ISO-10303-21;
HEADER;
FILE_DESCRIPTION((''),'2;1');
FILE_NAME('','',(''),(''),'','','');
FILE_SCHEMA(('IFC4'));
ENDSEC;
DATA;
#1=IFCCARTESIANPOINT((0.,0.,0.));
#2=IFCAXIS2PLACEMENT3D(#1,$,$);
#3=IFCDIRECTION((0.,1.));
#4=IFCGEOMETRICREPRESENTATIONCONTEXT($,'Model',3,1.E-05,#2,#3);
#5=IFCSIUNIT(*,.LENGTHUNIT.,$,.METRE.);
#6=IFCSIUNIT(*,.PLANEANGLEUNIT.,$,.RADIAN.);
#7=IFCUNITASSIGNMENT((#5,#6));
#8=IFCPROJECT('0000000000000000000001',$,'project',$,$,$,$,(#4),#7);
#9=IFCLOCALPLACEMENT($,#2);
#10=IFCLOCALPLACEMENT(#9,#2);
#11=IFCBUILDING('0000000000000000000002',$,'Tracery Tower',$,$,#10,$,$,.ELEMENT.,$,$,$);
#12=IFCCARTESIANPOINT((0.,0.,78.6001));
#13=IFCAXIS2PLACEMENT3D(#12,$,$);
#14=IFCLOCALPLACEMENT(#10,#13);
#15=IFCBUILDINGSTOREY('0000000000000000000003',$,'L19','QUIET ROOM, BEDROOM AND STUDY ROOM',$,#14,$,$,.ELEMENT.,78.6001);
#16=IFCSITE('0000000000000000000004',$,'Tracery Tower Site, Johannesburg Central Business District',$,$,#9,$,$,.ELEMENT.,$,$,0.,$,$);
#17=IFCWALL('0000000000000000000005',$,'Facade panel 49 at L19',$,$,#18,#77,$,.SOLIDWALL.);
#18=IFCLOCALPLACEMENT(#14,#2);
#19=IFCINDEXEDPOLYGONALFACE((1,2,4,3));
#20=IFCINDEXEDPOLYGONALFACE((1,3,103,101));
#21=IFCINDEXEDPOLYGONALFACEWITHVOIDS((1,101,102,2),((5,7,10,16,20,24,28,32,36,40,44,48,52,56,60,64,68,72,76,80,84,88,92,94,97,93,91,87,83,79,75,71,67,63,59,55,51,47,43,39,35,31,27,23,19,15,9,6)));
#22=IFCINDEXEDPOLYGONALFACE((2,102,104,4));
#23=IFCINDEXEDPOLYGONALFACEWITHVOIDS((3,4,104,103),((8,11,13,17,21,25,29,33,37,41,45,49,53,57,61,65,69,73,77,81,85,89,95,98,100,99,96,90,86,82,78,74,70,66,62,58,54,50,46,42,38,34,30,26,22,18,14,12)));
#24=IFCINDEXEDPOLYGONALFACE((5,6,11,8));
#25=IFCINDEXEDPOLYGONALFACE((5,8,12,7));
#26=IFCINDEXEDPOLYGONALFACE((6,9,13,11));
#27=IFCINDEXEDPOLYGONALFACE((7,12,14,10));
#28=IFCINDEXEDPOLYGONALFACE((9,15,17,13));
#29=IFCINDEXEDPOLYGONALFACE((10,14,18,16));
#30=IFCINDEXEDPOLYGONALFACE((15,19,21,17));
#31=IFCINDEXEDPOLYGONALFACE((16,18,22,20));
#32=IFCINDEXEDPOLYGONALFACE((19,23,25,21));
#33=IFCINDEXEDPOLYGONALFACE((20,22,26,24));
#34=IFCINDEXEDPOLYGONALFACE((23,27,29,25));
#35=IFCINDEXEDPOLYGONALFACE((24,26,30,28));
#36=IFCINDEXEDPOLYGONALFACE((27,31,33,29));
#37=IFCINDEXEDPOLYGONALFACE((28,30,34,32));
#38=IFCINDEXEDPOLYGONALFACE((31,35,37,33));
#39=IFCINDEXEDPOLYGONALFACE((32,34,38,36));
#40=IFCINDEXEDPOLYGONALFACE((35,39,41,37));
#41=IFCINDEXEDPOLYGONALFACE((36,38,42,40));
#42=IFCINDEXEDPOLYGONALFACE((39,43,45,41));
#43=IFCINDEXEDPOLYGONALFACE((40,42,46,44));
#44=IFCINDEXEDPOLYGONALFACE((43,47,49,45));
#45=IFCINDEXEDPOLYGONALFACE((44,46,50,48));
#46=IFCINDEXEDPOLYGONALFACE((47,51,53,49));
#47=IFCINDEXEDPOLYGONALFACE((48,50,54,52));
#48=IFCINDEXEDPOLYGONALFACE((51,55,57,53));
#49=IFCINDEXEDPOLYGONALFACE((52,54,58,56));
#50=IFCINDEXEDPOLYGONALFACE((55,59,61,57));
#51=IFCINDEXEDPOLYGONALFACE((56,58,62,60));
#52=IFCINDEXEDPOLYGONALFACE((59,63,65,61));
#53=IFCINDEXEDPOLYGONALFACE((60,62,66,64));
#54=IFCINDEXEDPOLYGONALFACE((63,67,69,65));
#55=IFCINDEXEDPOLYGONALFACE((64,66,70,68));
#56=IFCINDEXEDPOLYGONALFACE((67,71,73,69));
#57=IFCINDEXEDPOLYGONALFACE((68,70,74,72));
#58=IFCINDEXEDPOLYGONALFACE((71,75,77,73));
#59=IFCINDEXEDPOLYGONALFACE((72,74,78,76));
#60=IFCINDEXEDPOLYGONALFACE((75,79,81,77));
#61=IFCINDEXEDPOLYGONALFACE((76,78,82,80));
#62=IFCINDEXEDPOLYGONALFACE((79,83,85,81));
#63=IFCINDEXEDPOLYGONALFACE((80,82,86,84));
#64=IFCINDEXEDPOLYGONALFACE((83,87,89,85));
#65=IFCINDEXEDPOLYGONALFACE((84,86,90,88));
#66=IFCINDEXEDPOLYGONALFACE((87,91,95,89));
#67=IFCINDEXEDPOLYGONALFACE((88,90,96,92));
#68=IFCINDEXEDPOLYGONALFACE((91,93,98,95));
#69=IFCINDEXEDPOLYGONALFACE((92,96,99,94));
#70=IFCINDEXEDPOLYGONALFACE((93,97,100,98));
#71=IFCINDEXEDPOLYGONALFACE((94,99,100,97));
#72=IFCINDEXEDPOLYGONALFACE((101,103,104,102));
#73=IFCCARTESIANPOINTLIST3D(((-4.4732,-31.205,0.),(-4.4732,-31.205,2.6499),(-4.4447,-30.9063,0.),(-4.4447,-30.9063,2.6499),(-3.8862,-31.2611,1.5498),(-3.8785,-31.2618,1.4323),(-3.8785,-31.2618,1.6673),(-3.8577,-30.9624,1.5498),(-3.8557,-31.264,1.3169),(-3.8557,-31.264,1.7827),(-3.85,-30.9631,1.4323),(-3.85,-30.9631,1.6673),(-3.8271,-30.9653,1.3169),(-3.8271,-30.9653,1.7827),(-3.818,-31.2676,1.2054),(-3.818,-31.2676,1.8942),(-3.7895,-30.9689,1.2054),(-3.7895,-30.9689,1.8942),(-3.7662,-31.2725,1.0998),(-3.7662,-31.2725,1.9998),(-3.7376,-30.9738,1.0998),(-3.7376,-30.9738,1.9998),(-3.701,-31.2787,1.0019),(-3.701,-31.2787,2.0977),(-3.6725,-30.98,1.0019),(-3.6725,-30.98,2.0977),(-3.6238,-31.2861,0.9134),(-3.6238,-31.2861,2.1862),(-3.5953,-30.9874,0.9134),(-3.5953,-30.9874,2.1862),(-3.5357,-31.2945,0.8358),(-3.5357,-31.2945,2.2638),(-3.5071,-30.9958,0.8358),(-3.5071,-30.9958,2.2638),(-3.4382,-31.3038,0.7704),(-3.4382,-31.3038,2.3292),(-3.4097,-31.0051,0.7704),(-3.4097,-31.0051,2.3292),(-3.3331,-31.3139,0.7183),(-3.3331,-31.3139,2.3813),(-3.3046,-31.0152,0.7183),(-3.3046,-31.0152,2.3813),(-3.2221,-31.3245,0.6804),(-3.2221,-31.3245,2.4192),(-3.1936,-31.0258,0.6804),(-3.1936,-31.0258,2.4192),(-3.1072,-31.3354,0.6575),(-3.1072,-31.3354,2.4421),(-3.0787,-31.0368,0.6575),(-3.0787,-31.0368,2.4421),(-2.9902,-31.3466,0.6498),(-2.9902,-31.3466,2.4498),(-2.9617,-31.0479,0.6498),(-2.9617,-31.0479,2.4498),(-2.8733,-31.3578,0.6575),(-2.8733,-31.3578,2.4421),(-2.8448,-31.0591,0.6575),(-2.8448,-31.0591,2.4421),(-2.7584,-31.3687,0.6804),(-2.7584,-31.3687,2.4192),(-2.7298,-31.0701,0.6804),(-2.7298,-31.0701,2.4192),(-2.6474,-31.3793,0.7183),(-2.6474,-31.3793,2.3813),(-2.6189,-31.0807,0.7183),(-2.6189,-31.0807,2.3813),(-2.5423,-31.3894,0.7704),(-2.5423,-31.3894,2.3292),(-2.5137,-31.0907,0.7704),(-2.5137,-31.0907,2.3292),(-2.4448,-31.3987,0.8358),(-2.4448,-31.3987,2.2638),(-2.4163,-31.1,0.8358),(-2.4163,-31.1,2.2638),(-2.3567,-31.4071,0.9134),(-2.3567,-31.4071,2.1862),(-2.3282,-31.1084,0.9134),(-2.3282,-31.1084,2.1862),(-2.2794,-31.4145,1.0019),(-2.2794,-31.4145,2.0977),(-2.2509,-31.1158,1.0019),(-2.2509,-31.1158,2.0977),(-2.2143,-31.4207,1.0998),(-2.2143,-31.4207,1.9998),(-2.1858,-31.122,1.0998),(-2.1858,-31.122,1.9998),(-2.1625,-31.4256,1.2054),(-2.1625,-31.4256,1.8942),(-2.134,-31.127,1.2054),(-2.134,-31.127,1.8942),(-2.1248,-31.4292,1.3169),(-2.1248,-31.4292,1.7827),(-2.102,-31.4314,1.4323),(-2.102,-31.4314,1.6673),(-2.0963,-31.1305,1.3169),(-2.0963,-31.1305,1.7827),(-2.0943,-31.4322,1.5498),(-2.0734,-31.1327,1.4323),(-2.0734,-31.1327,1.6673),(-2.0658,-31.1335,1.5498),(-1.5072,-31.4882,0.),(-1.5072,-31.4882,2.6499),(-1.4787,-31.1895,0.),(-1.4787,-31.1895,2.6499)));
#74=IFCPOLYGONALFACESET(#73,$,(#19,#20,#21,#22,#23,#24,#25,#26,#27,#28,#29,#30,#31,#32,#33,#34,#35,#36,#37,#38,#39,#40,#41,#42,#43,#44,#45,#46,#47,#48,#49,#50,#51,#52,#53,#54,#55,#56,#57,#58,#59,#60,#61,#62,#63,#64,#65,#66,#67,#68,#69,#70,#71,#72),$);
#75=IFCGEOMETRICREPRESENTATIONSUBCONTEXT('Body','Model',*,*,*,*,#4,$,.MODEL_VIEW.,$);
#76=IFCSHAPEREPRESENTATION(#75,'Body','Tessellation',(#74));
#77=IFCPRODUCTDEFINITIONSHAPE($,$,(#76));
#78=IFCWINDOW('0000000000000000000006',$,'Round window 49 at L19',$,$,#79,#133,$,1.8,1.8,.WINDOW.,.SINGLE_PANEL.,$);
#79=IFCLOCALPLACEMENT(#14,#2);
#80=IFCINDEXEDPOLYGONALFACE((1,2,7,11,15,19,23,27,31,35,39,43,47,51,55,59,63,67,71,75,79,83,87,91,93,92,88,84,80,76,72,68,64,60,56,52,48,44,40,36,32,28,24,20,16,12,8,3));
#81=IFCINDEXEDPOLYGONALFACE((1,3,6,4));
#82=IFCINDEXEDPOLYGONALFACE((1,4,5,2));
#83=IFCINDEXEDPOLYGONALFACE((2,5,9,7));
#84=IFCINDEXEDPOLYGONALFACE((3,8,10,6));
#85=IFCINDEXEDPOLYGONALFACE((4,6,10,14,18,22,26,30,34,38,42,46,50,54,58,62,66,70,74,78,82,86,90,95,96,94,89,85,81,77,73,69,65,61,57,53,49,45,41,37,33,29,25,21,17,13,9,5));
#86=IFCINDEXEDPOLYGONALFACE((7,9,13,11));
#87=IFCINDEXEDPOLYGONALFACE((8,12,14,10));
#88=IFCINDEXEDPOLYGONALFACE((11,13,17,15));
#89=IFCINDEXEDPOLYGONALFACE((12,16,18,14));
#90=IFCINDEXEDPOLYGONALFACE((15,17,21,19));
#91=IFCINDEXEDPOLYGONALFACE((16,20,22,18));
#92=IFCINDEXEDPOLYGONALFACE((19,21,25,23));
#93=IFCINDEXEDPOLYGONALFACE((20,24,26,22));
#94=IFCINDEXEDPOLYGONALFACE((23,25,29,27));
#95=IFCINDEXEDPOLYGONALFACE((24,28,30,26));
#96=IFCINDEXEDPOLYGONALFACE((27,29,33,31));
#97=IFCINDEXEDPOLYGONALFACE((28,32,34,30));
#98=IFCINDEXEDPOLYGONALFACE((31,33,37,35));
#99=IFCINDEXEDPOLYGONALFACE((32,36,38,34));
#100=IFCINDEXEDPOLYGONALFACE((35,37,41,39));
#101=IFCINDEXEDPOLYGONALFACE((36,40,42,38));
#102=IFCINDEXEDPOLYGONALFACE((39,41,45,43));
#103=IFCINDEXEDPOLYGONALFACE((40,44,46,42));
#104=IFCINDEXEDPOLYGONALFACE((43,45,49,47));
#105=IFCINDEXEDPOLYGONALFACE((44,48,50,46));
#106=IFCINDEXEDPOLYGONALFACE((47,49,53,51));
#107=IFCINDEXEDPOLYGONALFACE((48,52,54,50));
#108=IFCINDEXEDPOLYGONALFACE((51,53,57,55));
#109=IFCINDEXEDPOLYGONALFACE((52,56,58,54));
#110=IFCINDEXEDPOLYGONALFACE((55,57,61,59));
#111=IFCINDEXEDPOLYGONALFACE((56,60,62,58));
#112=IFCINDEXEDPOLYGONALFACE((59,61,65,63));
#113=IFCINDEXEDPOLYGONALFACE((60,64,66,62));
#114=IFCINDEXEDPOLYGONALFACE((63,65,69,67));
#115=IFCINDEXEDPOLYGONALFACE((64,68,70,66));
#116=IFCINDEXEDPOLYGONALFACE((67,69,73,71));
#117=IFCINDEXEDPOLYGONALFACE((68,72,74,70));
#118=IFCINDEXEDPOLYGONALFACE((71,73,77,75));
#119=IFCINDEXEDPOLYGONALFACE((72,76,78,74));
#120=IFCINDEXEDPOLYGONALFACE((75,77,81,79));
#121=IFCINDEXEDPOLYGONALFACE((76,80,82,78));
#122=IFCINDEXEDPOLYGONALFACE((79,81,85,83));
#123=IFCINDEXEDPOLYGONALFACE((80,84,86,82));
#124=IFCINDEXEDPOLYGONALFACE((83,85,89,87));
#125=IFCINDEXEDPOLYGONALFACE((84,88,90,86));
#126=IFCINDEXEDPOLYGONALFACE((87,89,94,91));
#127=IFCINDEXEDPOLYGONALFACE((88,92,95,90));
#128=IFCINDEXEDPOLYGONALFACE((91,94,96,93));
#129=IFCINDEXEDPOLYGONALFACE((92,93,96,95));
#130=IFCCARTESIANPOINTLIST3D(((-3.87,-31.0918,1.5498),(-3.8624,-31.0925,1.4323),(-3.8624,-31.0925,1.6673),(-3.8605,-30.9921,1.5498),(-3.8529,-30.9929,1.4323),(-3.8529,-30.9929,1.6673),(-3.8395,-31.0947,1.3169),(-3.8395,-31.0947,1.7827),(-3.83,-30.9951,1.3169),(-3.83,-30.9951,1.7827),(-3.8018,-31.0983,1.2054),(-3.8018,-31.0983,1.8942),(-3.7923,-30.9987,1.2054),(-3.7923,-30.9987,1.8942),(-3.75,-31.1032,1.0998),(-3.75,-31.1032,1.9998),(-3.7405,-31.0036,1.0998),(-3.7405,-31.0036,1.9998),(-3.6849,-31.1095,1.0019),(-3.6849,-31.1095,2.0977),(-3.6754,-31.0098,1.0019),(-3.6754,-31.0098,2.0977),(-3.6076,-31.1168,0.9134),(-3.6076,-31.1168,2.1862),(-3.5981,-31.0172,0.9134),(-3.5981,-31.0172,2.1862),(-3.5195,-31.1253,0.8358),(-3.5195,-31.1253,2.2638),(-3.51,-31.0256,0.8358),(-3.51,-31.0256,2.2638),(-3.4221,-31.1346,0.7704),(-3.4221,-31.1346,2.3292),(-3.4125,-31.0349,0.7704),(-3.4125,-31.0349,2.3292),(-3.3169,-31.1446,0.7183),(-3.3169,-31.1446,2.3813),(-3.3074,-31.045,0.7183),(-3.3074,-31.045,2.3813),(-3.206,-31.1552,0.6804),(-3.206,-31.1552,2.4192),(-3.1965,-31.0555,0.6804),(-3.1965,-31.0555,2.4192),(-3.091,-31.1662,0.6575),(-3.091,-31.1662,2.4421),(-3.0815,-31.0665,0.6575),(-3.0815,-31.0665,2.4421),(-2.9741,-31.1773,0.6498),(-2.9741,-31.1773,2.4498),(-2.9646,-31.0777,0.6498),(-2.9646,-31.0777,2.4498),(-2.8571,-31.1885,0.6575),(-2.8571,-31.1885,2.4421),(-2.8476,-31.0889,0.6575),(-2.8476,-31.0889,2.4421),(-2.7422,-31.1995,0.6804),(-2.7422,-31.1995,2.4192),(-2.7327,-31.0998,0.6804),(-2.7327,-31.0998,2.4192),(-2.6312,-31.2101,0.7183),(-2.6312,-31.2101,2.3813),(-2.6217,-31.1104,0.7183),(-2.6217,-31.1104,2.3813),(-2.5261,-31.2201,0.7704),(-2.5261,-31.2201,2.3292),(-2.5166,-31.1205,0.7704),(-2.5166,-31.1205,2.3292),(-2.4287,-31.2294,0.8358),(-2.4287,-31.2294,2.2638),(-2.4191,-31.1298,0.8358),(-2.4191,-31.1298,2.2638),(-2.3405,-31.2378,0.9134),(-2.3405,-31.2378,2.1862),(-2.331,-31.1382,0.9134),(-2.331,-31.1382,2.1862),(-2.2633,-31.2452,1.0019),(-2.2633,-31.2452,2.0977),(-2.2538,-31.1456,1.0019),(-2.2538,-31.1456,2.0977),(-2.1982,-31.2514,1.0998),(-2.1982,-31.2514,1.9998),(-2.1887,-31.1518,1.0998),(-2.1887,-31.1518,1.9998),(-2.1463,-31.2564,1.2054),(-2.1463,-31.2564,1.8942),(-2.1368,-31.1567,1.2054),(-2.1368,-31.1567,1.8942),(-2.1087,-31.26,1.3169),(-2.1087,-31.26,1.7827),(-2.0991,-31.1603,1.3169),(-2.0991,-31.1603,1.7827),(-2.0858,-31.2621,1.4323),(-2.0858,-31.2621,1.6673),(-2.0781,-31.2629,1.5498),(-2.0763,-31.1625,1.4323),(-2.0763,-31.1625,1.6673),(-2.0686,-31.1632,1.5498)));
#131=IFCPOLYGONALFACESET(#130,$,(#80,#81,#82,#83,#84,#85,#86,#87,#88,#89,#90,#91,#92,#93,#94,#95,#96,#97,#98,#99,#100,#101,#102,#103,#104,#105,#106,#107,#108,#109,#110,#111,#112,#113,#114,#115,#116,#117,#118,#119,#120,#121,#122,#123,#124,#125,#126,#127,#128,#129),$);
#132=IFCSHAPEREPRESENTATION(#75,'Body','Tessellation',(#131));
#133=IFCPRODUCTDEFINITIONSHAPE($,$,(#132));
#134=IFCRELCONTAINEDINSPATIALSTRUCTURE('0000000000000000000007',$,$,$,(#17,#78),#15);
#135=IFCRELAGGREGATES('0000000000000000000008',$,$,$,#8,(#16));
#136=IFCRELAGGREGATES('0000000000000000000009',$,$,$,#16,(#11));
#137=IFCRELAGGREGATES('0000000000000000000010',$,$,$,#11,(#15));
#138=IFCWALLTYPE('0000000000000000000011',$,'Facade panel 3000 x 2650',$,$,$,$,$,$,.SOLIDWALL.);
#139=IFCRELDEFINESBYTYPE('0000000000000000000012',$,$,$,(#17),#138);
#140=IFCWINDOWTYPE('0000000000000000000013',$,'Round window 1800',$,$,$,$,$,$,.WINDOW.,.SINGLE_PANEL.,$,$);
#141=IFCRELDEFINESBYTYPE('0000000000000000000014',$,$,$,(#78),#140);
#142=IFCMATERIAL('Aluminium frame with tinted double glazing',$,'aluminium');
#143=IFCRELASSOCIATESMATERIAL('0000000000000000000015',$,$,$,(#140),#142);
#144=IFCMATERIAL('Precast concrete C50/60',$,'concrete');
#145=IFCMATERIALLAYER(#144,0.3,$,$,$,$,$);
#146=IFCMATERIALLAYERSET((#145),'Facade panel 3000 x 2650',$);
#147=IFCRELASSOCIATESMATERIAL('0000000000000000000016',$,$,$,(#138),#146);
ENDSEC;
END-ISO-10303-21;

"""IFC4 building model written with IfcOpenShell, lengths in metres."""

from ifc_helpers import new_model, si_unit, direction, frame, frame_2d, origin, origin_2d, place, context, subcontext, project, spatial, rectangle, circle, extrude, material, layer, layer_set, type_object, element, fill, save


model = new_model("IFC4")

# Units and contexts
model_context = context("Model", 3, precision=1e-05, world=origin(), true_north=direction((0.0, 1.0)))
body_context = subcontext(model_context, "Body", "Model", "MODEL_VIEW")
ifc_project = project(units=[si_unit("LENGTHUNIT", "METRE"), si_unit("PLANEANGLEUNIT", "RADIAN")], contexts=[model_context])

# Site, building, storey
site_placement = place(None, origin())
site = spatial("IfcSite", under=ifc_project, at=site_placement, Name="Tracery Tower Site, Johannesburg Central Business District", CompositionType="ELEMENT", RefElevation=0.0)
building_placement = place(site_placement, origin())
building = spatial("IfcBuilding", under=site, at=building_placement, Name="Tracery Tower", CompositionType="ELEMENT")
storey_placement = place(building_placement, frame((0.0, 0.0, 78.6001)))
storey = spatial("IfcBuildingStorey", under=building, at=storey_placement, Name="L19", Description="QUIET ROOM, BEDROOM AND STUDY ROOM", CompositionType="ELEMENT", Elevation=78.6001)

# Wall, opening, window
ifc_material_1 = material(Name="Aluminium frame with tinted double glazing", Category="aluminium")
window_type = type_object("IfcWindowType", Name="Round window 1800", PartitioningType="SINGLE_PANEL", PredefinedType="WINDOW", material=ifc_material_1)
ifc_material_2 = material(Name="Precast concrete C50/60", Category="concrete")
ifc_layer_1 = layer(ifc_material_2, 0.3)
ifc_layer_set_1 = layer_set([ifc_layer_1], Name="Facade panel 3000 x 2650")
wall_type_1 = type_object("IfcWallType", Name="Facade panel 3000 x 2650", PredefinedType="SOLIDWALL", material=ifc_layer_set_1)
wall_1_placement = place(storey_placement, frame((-4.459, -31.0557, 0.0), z_axis=(0.0, 0.0, 1.0), x_axis=(0.995473, -0.095049, 0.0)))
wall_1 = element("IfcWall", 1, at=wall_1_placement, inside=storey, type_object=wall_type_1, Name="Facade panel 49 at L19", PredefinedType="SOLIDWALL", context=body_context, shape_type="SweptSolid", body=[
    extrude(rectangle(XDim=2.9795, YDim=0.3, at=frame_2d((1.4897, 0.0))), origin(), (0.0, 0.0, 1.0), 2.6499),
])
opening_1_placement = place(wall_1_placement, frame((1.4897, 0.0, 1.5498)))
opening_1 = element("IfcOpeningElement", 2, at=opening_1_placement, cuts=wall_1, PredefinedType="OPENING", context=body_context, shape_type="SweptSolid", body=[
    extrude(circle(Radius=0.9, at=origin_2d()), frame((0.0, 0.1599, 0.0), z_axis=(0.0, -1.0, 0.0), x_axis=(1.0, 0.0, 0.0)), (0.0, 0.0, 1.0), 0.3201),
])
window_1_placement = place(opening_1_placement, origin())
window_1 = element("IfcWindow", 3, at=window_1_placement, inside=storey, type_object=window_type, Name="Round window 49 at L19", OverallHeight=1.8, OverallWidth=1.8, PartitioningType="SINGLE_PANEL", PredefinedType="WINDOW", context=body_context, shape_type="SweptSolid", body=[
    extrude(circle(Radius=0.9, at=origin_2d()), frame((0.0, 0.1201, 0.0), z_axis=(0.0, -1.0, 0.0), x_axis=(1.0, 0.0, 0.0)), (0.0, 0.0, 1.0), 0.1001),
])
fill(opening_1, window_1)

save(model, "model.ifc")
